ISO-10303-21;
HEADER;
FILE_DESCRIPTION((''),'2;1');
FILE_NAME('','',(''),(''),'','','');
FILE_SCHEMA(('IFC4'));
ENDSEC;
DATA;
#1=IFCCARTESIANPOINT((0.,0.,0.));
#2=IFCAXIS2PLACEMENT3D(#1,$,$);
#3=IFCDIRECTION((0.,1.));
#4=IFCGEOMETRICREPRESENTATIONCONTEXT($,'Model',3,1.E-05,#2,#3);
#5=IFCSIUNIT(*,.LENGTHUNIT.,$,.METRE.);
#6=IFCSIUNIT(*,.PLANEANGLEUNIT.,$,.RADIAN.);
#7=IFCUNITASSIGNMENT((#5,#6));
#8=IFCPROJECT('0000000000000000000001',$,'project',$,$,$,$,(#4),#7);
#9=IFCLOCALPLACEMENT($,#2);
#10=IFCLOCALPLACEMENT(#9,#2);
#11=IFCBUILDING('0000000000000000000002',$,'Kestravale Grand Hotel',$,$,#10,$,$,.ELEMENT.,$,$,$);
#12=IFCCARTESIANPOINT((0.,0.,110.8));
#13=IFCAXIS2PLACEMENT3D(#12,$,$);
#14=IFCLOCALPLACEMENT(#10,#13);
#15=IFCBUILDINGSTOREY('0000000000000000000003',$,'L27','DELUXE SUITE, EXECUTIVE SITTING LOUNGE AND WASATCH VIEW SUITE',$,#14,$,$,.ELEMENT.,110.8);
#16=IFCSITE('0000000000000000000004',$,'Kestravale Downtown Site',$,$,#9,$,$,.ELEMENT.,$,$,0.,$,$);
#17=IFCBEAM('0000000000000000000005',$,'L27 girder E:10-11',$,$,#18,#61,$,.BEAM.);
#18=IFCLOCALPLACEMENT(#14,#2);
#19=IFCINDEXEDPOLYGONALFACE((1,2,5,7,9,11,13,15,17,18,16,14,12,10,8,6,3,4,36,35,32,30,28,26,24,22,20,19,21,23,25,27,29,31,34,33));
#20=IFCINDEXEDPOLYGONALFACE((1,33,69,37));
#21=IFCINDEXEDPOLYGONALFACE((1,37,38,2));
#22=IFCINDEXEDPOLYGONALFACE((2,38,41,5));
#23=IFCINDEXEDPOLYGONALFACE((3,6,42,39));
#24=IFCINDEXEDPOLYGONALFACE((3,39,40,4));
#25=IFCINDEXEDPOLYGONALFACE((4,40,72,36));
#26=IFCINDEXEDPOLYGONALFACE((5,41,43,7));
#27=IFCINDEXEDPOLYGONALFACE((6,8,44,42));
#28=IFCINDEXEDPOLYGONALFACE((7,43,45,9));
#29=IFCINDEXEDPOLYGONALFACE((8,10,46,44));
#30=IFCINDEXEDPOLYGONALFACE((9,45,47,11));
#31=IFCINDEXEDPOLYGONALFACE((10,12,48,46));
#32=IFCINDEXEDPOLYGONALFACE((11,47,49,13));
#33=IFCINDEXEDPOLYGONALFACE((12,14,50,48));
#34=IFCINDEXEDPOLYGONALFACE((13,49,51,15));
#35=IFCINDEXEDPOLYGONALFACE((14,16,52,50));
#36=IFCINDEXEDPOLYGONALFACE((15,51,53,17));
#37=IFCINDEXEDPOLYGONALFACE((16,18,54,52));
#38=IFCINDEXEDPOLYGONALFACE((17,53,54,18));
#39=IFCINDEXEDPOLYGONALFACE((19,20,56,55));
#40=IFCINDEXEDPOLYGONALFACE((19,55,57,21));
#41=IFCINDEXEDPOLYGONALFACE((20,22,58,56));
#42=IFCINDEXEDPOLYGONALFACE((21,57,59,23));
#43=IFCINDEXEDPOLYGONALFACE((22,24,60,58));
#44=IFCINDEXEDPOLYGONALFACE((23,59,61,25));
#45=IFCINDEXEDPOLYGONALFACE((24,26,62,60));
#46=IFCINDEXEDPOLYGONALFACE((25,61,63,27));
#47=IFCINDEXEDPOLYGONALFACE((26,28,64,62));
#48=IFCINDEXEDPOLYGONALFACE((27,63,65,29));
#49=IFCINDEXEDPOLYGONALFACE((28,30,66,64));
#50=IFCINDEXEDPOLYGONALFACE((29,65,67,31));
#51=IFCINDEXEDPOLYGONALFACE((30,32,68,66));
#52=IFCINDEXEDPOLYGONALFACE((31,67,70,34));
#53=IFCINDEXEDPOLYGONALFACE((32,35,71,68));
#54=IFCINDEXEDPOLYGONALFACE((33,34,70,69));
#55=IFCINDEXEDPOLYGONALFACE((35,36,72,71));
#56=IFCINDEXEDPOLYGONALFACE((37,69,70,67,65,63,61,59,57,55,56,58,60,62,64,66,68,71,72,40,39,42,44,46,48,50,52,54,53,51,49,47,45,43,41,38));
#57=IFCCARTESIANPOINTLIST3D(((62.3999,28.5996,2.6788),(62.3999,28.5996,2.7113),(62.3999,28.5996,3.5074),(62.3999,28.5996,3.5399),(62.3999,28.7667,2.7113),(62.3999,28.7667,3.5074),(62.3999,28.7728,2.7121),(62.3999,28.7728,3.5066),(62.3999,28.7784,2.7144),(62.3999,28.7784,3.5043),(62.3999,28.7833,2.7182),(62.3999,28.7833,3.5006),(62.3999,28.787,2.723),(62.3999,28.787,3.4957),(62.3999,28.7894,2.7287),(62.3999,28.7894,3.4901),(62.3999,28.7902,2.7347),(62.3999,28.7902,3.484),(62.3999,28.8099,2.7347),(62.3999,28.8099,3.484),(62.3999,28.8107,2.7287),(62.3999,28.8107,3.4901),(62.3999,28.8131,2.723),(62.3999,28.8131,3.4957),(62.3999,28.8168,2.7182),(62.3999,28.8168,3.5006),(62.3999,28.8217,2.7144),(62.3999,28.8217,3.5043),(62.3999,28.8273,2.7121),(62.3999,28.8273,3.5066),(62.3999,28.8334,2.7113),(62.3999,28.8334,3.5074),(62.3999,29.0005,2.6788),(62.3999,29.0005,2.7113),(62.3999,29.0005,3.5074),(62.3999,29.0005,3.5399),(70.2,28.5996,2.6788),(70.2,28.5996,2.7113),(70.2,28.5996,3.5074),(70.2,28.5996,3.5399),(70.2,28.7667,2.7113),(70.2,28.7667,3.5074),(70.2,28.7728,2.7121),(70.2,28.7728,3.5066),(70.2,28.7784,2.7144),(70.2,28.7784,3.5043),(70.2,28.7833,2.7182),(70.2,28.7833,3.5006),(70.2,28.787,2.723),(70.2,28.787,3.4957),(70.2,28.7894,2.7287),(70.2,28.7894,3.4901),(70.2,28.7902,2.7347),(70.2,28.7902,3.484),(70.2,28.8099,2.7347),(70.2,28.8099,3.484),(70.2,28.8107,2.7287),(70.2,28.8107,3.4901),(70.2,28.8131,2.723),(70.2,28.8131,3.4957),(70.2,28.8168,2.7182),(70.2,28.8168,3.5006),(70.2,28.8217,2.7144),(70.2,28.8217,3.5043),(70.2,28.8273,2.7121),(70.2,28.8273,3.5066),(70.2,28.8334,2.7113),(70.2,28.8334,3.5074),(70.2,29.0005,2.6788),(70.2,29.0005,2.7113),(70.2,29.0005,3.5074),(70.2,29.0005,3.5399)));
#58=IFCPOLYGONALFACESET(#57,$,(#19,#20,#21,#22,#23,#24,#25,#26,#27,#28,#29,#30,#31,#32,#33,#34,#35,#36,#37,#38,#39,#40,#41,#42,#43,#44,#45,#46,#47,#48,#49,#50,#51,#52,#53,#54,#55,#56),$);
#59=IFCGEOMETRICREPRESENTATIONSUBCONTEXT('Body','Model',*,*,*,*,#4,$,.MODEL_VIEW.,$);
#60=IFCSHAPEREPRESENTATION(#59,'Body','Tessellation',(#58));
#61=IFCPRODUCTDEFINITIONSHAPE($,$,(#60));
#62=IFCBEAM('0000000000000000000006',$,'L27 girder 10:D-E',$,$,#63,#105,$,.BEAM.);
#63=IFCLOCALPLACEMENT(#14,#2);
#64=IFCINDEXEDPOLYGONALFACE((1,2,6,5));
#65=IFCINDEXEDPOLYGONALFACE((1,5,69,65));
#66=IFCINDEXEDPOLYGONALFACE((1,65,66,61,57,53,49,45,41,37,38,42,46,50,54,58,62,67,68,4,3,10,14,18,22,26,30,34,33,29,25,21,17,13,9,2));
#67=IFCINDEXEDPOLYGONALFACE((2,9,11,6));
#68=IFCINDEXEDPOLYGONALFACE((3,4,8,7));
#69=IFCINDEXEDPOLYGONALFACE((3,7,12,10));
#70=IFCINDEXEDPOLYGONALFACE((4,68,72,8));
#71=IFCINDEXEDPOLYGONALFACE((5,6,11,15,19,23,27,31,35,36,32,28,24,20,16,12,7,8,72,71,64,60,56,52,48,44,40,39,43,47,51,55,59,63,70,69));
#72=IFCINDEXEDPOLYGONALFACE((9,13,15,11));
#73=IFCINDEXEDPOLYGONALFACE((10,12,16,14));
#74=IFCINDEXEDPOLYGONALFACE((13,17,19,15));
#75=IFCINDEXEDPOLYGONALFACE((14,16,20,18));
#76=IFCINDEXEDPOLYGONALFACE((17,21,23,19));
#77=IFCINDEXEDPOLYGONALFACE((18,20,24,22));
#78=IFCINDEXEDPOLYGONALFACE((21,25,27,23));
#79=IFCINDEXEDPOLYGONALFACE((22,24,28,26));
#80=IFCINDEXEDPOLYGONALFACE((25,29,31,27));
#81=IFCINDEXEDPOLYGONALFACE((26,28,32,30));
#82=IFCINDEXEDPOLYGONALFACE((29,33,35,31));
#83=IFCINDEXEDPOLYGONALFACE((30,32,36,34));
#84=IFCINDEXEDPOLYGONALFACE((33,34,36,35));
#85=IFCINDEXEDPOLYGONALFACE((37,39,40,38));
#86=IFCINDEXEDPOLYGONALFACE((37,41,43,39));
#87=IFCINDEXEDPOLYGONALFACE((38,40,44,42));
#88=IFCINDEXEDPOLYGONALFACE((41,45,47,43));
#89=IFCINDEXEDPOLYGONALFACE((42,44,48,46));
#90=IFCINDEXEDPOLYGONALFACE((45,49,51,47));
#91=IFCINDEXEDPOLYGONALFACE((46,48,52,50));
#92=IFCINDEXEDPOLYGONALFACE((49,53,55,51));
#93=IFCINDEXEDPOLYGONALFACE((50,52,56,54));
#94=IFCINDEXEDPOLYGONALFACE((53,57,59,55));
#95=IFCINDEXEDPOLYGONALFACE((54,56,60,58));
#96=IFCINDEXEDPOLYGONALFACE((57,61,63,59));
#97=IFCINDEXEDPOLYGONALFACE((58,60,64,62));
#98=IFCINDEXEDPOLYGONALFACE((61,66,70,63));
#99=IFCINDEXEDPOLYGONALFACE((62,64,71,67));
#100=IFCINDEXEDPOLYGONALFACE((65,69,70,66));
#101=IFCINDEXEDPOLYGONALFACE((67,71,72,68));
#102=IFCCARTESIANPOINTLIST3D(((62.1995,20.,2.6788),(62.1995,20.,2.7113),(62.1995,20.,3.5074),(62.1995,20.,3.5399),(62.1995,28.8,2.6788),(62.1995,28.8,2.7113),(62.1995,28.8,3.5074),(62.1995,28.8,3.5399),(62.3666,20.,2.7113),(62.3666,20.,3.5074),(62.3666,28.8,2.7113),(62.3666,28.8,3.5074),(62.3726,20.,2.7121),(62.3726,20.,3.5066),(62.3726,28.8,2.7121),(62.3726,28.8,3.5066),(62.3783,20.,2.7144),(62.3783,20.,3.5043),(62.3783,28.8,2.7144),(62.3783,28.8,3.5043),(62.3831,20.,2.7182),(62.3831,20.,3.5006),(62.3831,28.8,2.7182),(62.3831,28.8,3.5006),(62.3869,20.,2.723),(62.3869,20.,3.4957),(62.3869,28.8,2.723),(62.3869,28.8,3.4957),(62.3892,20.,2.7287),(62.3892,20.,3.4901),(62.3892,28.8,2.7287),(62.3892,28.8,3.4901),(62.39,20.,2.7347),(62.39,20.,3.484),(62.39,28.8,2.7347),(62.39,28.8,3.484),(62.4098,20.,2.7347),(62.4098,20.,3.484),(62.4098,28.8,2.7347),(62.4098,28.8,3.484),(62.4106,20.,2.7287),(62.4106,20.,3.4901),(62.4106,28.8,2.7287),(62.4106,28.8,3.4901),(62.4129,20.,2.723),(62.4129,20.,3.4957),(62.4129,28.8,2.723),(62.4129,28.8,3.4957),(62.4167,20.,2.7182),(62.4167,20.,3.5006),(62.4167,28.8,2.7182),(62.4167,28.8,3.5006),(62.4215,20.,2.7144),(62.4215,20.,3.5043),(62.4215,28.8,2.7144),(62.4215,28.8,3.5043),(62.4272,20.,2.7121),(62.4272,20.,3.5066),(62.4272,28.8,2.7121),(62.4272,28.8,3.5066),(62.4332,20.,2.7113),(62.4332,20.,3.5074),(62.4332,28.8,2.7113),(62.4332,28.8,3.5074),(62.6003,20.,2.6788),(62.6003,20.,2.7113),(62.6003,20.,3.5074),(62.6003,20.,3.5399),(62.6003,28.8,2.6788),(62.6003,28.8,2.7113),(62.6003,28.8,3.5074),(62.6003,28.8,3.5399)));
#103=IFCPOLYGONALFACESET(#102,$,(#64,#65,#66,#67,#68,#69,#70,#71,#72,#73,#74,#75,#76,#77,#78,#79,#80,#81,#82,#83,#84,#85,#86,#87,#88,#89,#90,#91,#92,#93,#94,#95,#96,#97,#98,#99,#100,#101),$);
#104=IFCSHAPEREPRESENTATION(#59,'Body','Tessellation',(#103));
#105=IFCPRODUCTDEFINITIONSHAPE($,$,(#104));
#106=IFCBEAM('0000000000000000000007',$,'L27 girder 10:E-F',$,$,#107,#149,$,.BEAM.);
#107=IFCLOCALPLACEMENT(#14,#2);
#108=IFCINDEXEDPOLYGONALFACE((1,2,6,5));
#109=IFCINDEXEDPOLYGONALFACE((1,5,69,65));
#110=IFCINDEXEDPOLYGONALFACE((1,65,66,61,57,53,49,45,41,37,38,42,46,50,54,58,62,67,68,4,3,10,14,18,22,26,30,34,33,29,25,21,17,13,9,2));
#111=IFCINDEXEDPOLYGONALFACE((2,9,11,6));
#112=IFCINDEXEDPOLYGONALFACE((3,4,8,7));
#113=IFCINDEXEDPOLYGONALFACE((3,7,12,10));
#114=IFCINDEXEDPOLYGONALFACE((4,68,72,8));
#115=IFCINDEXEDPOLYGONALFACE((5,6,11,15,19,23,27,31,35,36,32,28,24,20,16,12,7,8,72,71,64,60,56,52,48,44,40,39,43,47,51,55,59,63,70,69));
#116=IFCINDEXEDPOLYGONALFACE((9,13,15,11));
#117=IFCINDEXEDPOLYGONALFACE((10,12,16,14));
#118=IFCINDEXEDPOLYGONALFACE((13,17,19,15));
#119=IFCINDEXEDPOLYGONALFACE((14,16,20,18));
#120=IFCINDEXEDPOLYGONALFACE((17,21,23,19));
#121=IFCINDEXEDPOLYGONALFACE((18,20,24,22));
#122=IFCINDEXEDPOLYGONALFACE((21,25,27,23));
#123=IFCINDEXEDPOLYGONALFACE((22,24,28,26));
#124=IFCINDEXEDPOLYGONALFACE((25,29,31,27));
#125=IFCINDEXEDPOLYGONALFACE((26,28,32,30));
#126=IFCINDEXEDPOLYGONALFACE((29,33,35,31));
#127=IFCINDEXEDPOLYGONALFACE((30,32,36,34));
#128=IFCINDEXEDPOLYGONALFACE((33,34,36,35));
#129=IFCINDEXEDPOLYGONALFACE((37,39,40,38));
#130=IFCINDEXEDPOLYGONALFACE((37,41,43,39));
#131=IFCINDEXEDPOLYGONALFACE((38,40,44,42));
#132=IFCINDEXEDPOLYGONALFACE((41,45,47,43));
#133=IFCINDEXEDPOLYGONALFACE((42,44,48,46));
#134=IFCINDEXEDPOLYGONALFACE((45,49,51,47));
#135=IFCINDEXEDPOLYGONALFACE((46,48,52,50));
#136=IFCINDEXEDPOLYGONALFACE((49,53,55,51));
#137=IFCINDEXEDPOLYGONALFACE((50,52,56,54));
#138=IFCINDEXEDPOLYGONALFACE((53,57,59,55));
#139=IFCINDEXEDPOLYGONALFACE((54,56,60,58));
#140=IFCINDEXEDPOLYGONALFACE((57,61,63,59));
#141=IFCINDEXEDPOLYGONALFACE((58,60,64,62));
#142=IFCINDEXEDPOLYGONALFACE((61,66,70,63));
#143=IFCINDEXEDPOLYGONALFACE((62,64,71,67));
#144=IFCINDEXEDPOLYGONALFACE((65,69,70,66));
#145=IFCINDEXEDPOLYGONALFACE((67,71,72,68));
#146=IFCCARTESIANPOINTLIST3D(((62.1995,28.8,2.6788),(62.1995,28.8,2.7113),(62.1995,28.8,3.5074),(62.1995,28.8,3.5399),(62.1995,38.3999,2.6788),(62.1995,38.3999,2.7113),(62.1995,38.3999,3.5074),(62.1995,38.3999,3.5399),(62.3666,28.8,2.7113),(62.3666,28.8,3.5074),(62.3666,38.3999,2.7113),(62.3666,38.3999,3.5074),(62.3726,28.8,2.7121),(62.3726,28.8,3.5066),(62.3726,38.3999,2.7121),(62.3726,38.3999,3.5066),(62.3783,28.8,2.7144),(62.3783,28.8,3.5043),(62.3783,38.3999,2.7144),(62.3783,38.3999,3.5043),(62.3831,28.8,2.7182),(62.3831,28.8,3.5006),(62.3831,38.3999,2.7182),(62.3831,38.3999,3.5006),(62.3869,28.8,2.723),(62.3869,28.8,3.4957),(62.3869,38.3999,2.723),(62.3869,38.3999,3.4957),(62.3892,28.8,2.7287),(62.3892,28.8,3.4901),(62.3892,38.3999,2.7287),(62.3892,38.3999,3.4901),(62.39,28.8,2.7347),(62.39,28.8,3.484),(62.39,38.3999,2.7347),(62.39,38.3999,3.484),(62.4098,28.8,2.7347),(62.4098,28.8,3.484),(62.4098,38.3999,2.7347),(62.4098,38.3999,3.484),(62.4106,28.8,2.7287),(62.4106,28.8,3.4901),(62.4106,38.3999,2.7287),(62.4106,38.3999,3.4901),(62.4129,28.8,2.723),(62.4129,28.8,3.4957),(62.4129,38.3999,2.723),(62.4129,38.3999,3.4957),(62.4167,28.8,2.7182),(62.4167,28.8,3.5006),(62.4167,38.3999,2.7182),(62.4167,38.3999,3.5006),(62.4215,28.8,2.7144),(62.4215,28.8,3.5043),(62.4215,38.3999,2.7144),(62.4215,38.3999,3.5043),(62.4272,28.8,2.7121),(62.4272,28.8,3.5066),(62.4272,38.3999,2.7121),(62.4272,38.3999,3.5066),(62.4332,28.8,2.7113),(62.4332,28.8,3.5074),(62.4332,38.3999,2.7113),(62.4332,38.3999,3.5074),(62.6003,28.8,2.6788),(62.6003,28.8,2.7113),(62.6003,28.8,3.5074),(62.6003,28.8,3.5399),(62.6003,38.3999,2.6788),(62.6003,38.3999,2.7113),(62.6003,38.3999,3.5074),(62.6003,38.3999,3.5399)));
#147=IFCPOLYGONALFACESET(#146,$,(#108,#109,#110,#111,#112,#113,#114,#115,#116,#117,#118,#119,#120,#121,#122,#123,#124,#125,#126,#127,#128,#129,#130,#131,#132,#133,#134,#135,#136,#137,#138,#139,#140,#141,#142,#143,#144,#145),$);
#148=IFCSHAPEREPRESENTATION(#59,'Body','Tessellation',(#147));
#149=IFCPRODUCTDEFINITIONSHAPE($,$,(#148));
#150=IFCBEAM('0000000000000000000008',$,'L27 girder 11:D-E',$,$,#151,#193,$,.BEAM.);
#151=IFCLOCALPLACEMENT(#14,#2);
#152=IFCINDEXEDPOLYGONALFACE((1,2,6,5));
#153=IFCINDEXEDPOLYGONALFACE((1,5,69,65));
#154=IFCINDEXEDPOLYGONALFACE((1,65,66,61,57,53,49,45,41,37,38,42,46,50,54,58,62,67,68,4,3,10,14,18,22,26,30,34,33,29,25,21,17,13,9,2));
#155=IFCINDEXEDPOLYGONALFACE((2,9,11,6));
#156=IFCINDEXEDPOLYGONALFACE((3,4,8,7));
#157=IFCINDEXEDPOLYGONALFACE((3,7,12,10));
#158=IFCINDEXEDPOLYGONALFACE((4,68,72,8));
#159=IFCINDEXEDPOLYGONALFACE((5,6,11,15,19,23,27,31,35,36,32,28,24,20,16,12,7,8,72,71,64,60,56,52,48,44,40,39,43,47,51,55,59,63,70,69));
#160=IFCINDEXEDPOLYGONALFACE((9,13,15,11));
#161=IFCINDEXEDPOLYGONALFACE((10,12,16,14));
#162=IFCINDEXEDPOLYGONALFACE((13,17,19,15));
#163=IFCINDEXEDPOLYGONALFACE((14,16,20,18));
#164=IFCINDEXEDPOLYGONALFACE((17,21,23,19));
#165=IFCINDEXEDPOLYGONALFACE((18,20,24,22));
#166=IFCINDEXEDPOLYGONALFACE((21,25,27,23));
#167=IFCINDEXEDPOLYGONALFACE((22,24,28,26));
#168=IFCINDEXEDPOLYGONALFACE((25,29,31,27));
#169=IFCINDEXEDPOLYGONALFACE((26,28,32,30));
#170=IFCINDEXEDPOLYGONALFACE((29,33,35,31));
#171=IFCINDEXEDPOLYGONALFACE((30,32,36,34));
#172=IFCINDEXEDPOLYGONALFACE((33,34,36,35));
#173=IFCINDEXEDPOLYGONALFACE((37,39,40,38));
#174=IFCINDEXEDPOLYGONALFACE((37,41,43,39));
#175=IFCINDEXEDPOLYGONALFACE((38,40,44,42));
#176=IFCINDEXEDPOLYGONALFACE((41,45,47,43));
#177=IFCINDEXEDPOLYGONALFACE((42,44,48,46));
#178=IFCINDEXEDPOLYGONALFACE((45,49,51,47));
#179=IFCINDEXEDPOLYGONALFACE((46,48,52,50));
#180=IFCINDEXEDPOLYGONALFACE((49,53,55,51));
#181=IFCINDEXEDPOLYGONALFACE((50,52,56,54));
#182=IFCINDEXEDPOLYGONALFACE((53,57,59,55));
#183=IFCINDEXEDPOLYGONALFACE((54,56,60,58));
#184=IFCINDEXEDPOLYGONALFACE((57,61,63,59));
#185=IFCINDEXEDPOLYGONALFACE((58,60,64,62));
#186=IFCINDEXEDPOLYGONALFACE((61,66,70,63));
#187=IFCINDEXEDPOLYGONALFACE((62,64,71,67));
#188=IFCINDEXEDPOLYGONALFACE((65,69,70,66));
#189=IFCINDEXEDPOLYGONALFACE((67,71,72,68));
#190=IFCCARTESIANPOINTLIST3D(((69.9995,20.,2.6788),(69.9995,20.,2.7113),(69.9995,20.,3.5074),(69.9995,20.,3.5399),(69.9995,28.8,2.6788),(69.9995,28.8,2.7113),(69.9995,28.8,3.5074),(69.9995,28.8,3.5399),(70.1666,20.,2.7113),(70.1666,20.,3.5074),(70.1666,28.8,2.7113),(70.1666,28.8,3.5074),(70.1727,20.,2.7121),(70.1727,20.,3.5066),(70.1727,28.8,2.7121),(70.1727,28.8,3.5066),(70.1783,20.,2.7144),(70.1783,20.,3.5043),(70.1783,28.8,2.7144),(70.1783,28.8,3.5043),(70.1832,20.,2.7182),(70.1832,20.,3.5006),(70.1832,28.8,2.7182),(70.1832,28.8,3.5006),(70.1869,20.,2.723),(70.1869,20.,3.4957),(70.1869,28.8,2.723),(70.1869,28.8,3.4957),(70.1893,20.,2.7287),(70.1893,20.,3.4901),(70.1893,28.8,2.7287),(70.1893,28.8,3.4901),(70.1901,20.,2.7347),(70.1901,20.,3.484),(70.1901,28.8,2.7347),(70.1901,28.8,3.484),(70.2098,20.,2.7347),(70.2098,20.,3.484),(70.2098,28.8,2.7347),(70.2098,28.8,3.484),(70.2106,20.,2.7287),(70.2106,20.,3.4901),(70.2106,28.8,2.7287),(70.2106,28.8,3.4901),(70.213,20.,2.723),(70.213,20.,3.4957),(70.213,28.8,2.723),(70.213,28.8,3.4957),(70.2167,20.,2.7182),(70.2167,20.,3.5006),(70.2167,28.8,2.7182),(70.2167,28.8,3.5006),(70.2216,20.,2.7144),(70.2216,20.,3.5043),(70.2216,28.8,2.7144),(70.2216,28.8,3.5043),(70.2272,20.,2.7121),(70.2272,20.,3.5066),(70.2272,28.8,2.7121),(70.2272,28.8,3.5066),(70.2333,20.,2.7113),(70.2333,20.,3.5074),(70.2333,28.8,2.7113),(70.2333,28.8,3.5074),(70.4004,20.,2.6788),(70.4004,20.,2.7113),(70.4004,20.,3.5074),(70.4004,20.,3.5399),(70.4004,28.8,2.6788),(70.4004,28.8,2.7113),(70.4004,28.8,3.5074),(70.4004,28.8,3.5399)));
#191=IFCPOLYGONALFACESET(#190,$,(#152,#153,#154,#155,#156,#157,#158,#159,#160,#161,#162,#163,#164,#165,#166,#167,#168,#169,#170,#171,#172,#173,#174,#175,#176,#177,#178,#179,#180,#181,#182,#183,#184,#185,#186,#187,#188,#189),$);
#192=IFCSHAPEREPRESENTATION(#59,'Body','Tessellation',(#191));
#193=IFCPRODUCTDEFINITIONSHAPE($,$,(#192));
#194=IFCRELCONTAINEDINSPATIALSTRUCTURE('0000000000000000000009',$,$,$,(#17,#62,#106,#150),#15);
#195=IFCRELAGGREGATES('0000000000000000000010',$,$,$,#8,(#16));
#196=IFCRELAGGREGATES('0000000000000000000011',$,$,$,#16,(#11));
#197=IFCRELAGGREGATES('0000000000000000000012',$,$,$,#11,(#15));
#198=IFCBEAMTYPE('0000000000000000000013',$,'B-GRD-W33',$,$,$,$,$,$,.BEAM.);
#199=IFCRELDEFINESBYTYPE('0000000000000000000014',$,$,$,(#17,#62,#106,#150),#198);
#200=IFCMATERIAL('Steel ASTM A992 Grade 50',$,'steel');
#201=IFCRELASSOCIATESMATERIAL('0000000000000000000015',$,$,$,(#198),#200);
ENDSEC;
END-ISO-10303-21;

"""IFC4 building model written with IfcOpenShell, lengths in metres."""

from ifc_helpers import new_model, si_unit, direction, frame, origin, origin_2d, place, context, subcontext, project, spatial, i_section, extrude, material, material_profile, profile_set, type_object, element, save


model = new_model("IFC4")

# Units and contexts
model_context = context("Model", 3, precision=1e-05, world=origin(), true_north=direction((0.0, 1.0)))
body_context = subcontext(model_context, "Body", "Model", "MODEL_VIEW")
ifc_project = project(units=[si_unit("LENGTHUNIT", "METRE"), si_unit("PLANEANGLEUNIT", "RADIAN")], contexts=[model_context])

# Site, building, storey
site_placement = place(None, origin())
site = spatial("IfcSite", under=ifc_project, at=site_placement, Name="Kestravale Downtown Site", CompositionType="ELEMENT", RefElevation=0.0)
building_placement = place(site_placement, origin())
building = spatial("IfcBuilding", under=site, at=building_placement, Name="Kestravale Grand Hotel", CompositionType="ELEMENT")
storey_placement = place(building_placement, frame((0.0, 0.0, 110.8)))
storey = spatial("IfcBuildingStorey", under=building, at=storey_placement, Name="L27", Description="DELUXE SUITE, EXECUTIVE SITTING LOUNGE AND WASATCH VIEW SUITE", CompositionType="ELEMENT", Elevation=110.8)

# Beams
ifc_material_1 = material(Name="Steel ASTM A992 Grade 50", Category="steel")
ifc_material_profile_1 = material_profile(ifc_material_1, i_section(OverallWidth=0.4009, OverallDepth=0.8611, WebThickness=0.0198, FlangeThickness=0.0325, FilletRadius=0.0234, at=origin_2d()))
ifc_profile_set_1 = profile_set([ifc_material_profile_1], Name="Steel ASTM A992 Grade 50")
beam_type_1 = type_object("IfcBeamType", Name="B-GRD-W33", PredefinedType="BEAM", material=ifc_profile_set_1)
for number, where, z_axis, x_axis, name in (
    (1, (62.3999, 28.8, 3.1094), (1.0, 0.0, 0.0), (0.0, 1.0, 0.0), "L27 girder E:10-11"),
):
    element("IfcBeam", number, at=place(storey_placement, frame(where, z_axis=z_axis, x_axis=x_axis)), inside=storey, type_object=beam_type_1, Name=name, PredefinedType="BEAM", context=body_context, shape_type="SweptSolid", body=[
        extrude(i_section(OverallWidth=0.4009, OverallDepth=0.8611, WebThickness=0.0198, FlangeThickness=0.0325, FilletRadius=0.0234, at=origin_2d()), origin(), (0.0, 0.0, 1.0), 7.8),
    ])
beam_1_placement = place(storey_placement, frame((62.3999, 20.0, 3.1094), z_axis=(0.0, 1.0, 0.0), x_axis=(-1.0, 0.0, 0.0)))
element("IfcBeam", 2, at=beam_1_placement, inside=storey, type_object=beam_type_1, Name="L27 girder 10:D-E", PredefinedType="BEAM", context=body_context, shape_type="SweptSolid", body=[
    extrude(i_section(OverallWidth=0.4009, OverallDepth=0.8611, WebThickness=0.0198, FlangeThickness=0.0325, FilletRadius=0.0234, at=origin_2d()), origin(), (0.0, 0.0, 1.0), 8.8),
])
beam_2_placement = place(storey_placement, frame((62.3999, 28.8, 3.1094), z_axis=(0.0, 1.0, 0.0), x_axis=(-1.0, 0.0, 0.0)))
element("IfcBeam", 3, at=beam_2_placement, inside=storey, type_object=beam_type_1, Name="L27 girder 10:E-F", PredefinedType="BEAM", context=body_context, shape_type="SweptSolid", body=[
    extrude(i_section(OverallWidth=0.4009, OverallDepth=0.8611, WebThickness=0.0198, FlangeThickness=0.0325, FilletRadius=0.0234, at=origin_2d()), origin(), (0.0, 0.0, 1.0), 9.5999),
])
beam_3_placement = place(storey_placement, frame((70.2, 20.0, 3.1094), z_axis=(0.0, 1.0, 0.0), x_axis=(-1.0, 0.0, 0.0)))
element("IfcBeam", 4, at=beam_3_placement, inside=storey, type_object=beam_type_1, Name="L27 girder 11:D-E", PredefinedType="BEAM", context=body_context, shape_type="SweptSolid", body=[
    extrude(i_section(OverallWidth=0.4009, OverallDepth=0.8611, WebThickness=0.0198, FlangeThickness=0.0325, FilletRadius=0.0234, at=origin_2d()), origin(), (0.0, 0.0, 1.0), 8.8),
])

save(model, "model.ifc")
